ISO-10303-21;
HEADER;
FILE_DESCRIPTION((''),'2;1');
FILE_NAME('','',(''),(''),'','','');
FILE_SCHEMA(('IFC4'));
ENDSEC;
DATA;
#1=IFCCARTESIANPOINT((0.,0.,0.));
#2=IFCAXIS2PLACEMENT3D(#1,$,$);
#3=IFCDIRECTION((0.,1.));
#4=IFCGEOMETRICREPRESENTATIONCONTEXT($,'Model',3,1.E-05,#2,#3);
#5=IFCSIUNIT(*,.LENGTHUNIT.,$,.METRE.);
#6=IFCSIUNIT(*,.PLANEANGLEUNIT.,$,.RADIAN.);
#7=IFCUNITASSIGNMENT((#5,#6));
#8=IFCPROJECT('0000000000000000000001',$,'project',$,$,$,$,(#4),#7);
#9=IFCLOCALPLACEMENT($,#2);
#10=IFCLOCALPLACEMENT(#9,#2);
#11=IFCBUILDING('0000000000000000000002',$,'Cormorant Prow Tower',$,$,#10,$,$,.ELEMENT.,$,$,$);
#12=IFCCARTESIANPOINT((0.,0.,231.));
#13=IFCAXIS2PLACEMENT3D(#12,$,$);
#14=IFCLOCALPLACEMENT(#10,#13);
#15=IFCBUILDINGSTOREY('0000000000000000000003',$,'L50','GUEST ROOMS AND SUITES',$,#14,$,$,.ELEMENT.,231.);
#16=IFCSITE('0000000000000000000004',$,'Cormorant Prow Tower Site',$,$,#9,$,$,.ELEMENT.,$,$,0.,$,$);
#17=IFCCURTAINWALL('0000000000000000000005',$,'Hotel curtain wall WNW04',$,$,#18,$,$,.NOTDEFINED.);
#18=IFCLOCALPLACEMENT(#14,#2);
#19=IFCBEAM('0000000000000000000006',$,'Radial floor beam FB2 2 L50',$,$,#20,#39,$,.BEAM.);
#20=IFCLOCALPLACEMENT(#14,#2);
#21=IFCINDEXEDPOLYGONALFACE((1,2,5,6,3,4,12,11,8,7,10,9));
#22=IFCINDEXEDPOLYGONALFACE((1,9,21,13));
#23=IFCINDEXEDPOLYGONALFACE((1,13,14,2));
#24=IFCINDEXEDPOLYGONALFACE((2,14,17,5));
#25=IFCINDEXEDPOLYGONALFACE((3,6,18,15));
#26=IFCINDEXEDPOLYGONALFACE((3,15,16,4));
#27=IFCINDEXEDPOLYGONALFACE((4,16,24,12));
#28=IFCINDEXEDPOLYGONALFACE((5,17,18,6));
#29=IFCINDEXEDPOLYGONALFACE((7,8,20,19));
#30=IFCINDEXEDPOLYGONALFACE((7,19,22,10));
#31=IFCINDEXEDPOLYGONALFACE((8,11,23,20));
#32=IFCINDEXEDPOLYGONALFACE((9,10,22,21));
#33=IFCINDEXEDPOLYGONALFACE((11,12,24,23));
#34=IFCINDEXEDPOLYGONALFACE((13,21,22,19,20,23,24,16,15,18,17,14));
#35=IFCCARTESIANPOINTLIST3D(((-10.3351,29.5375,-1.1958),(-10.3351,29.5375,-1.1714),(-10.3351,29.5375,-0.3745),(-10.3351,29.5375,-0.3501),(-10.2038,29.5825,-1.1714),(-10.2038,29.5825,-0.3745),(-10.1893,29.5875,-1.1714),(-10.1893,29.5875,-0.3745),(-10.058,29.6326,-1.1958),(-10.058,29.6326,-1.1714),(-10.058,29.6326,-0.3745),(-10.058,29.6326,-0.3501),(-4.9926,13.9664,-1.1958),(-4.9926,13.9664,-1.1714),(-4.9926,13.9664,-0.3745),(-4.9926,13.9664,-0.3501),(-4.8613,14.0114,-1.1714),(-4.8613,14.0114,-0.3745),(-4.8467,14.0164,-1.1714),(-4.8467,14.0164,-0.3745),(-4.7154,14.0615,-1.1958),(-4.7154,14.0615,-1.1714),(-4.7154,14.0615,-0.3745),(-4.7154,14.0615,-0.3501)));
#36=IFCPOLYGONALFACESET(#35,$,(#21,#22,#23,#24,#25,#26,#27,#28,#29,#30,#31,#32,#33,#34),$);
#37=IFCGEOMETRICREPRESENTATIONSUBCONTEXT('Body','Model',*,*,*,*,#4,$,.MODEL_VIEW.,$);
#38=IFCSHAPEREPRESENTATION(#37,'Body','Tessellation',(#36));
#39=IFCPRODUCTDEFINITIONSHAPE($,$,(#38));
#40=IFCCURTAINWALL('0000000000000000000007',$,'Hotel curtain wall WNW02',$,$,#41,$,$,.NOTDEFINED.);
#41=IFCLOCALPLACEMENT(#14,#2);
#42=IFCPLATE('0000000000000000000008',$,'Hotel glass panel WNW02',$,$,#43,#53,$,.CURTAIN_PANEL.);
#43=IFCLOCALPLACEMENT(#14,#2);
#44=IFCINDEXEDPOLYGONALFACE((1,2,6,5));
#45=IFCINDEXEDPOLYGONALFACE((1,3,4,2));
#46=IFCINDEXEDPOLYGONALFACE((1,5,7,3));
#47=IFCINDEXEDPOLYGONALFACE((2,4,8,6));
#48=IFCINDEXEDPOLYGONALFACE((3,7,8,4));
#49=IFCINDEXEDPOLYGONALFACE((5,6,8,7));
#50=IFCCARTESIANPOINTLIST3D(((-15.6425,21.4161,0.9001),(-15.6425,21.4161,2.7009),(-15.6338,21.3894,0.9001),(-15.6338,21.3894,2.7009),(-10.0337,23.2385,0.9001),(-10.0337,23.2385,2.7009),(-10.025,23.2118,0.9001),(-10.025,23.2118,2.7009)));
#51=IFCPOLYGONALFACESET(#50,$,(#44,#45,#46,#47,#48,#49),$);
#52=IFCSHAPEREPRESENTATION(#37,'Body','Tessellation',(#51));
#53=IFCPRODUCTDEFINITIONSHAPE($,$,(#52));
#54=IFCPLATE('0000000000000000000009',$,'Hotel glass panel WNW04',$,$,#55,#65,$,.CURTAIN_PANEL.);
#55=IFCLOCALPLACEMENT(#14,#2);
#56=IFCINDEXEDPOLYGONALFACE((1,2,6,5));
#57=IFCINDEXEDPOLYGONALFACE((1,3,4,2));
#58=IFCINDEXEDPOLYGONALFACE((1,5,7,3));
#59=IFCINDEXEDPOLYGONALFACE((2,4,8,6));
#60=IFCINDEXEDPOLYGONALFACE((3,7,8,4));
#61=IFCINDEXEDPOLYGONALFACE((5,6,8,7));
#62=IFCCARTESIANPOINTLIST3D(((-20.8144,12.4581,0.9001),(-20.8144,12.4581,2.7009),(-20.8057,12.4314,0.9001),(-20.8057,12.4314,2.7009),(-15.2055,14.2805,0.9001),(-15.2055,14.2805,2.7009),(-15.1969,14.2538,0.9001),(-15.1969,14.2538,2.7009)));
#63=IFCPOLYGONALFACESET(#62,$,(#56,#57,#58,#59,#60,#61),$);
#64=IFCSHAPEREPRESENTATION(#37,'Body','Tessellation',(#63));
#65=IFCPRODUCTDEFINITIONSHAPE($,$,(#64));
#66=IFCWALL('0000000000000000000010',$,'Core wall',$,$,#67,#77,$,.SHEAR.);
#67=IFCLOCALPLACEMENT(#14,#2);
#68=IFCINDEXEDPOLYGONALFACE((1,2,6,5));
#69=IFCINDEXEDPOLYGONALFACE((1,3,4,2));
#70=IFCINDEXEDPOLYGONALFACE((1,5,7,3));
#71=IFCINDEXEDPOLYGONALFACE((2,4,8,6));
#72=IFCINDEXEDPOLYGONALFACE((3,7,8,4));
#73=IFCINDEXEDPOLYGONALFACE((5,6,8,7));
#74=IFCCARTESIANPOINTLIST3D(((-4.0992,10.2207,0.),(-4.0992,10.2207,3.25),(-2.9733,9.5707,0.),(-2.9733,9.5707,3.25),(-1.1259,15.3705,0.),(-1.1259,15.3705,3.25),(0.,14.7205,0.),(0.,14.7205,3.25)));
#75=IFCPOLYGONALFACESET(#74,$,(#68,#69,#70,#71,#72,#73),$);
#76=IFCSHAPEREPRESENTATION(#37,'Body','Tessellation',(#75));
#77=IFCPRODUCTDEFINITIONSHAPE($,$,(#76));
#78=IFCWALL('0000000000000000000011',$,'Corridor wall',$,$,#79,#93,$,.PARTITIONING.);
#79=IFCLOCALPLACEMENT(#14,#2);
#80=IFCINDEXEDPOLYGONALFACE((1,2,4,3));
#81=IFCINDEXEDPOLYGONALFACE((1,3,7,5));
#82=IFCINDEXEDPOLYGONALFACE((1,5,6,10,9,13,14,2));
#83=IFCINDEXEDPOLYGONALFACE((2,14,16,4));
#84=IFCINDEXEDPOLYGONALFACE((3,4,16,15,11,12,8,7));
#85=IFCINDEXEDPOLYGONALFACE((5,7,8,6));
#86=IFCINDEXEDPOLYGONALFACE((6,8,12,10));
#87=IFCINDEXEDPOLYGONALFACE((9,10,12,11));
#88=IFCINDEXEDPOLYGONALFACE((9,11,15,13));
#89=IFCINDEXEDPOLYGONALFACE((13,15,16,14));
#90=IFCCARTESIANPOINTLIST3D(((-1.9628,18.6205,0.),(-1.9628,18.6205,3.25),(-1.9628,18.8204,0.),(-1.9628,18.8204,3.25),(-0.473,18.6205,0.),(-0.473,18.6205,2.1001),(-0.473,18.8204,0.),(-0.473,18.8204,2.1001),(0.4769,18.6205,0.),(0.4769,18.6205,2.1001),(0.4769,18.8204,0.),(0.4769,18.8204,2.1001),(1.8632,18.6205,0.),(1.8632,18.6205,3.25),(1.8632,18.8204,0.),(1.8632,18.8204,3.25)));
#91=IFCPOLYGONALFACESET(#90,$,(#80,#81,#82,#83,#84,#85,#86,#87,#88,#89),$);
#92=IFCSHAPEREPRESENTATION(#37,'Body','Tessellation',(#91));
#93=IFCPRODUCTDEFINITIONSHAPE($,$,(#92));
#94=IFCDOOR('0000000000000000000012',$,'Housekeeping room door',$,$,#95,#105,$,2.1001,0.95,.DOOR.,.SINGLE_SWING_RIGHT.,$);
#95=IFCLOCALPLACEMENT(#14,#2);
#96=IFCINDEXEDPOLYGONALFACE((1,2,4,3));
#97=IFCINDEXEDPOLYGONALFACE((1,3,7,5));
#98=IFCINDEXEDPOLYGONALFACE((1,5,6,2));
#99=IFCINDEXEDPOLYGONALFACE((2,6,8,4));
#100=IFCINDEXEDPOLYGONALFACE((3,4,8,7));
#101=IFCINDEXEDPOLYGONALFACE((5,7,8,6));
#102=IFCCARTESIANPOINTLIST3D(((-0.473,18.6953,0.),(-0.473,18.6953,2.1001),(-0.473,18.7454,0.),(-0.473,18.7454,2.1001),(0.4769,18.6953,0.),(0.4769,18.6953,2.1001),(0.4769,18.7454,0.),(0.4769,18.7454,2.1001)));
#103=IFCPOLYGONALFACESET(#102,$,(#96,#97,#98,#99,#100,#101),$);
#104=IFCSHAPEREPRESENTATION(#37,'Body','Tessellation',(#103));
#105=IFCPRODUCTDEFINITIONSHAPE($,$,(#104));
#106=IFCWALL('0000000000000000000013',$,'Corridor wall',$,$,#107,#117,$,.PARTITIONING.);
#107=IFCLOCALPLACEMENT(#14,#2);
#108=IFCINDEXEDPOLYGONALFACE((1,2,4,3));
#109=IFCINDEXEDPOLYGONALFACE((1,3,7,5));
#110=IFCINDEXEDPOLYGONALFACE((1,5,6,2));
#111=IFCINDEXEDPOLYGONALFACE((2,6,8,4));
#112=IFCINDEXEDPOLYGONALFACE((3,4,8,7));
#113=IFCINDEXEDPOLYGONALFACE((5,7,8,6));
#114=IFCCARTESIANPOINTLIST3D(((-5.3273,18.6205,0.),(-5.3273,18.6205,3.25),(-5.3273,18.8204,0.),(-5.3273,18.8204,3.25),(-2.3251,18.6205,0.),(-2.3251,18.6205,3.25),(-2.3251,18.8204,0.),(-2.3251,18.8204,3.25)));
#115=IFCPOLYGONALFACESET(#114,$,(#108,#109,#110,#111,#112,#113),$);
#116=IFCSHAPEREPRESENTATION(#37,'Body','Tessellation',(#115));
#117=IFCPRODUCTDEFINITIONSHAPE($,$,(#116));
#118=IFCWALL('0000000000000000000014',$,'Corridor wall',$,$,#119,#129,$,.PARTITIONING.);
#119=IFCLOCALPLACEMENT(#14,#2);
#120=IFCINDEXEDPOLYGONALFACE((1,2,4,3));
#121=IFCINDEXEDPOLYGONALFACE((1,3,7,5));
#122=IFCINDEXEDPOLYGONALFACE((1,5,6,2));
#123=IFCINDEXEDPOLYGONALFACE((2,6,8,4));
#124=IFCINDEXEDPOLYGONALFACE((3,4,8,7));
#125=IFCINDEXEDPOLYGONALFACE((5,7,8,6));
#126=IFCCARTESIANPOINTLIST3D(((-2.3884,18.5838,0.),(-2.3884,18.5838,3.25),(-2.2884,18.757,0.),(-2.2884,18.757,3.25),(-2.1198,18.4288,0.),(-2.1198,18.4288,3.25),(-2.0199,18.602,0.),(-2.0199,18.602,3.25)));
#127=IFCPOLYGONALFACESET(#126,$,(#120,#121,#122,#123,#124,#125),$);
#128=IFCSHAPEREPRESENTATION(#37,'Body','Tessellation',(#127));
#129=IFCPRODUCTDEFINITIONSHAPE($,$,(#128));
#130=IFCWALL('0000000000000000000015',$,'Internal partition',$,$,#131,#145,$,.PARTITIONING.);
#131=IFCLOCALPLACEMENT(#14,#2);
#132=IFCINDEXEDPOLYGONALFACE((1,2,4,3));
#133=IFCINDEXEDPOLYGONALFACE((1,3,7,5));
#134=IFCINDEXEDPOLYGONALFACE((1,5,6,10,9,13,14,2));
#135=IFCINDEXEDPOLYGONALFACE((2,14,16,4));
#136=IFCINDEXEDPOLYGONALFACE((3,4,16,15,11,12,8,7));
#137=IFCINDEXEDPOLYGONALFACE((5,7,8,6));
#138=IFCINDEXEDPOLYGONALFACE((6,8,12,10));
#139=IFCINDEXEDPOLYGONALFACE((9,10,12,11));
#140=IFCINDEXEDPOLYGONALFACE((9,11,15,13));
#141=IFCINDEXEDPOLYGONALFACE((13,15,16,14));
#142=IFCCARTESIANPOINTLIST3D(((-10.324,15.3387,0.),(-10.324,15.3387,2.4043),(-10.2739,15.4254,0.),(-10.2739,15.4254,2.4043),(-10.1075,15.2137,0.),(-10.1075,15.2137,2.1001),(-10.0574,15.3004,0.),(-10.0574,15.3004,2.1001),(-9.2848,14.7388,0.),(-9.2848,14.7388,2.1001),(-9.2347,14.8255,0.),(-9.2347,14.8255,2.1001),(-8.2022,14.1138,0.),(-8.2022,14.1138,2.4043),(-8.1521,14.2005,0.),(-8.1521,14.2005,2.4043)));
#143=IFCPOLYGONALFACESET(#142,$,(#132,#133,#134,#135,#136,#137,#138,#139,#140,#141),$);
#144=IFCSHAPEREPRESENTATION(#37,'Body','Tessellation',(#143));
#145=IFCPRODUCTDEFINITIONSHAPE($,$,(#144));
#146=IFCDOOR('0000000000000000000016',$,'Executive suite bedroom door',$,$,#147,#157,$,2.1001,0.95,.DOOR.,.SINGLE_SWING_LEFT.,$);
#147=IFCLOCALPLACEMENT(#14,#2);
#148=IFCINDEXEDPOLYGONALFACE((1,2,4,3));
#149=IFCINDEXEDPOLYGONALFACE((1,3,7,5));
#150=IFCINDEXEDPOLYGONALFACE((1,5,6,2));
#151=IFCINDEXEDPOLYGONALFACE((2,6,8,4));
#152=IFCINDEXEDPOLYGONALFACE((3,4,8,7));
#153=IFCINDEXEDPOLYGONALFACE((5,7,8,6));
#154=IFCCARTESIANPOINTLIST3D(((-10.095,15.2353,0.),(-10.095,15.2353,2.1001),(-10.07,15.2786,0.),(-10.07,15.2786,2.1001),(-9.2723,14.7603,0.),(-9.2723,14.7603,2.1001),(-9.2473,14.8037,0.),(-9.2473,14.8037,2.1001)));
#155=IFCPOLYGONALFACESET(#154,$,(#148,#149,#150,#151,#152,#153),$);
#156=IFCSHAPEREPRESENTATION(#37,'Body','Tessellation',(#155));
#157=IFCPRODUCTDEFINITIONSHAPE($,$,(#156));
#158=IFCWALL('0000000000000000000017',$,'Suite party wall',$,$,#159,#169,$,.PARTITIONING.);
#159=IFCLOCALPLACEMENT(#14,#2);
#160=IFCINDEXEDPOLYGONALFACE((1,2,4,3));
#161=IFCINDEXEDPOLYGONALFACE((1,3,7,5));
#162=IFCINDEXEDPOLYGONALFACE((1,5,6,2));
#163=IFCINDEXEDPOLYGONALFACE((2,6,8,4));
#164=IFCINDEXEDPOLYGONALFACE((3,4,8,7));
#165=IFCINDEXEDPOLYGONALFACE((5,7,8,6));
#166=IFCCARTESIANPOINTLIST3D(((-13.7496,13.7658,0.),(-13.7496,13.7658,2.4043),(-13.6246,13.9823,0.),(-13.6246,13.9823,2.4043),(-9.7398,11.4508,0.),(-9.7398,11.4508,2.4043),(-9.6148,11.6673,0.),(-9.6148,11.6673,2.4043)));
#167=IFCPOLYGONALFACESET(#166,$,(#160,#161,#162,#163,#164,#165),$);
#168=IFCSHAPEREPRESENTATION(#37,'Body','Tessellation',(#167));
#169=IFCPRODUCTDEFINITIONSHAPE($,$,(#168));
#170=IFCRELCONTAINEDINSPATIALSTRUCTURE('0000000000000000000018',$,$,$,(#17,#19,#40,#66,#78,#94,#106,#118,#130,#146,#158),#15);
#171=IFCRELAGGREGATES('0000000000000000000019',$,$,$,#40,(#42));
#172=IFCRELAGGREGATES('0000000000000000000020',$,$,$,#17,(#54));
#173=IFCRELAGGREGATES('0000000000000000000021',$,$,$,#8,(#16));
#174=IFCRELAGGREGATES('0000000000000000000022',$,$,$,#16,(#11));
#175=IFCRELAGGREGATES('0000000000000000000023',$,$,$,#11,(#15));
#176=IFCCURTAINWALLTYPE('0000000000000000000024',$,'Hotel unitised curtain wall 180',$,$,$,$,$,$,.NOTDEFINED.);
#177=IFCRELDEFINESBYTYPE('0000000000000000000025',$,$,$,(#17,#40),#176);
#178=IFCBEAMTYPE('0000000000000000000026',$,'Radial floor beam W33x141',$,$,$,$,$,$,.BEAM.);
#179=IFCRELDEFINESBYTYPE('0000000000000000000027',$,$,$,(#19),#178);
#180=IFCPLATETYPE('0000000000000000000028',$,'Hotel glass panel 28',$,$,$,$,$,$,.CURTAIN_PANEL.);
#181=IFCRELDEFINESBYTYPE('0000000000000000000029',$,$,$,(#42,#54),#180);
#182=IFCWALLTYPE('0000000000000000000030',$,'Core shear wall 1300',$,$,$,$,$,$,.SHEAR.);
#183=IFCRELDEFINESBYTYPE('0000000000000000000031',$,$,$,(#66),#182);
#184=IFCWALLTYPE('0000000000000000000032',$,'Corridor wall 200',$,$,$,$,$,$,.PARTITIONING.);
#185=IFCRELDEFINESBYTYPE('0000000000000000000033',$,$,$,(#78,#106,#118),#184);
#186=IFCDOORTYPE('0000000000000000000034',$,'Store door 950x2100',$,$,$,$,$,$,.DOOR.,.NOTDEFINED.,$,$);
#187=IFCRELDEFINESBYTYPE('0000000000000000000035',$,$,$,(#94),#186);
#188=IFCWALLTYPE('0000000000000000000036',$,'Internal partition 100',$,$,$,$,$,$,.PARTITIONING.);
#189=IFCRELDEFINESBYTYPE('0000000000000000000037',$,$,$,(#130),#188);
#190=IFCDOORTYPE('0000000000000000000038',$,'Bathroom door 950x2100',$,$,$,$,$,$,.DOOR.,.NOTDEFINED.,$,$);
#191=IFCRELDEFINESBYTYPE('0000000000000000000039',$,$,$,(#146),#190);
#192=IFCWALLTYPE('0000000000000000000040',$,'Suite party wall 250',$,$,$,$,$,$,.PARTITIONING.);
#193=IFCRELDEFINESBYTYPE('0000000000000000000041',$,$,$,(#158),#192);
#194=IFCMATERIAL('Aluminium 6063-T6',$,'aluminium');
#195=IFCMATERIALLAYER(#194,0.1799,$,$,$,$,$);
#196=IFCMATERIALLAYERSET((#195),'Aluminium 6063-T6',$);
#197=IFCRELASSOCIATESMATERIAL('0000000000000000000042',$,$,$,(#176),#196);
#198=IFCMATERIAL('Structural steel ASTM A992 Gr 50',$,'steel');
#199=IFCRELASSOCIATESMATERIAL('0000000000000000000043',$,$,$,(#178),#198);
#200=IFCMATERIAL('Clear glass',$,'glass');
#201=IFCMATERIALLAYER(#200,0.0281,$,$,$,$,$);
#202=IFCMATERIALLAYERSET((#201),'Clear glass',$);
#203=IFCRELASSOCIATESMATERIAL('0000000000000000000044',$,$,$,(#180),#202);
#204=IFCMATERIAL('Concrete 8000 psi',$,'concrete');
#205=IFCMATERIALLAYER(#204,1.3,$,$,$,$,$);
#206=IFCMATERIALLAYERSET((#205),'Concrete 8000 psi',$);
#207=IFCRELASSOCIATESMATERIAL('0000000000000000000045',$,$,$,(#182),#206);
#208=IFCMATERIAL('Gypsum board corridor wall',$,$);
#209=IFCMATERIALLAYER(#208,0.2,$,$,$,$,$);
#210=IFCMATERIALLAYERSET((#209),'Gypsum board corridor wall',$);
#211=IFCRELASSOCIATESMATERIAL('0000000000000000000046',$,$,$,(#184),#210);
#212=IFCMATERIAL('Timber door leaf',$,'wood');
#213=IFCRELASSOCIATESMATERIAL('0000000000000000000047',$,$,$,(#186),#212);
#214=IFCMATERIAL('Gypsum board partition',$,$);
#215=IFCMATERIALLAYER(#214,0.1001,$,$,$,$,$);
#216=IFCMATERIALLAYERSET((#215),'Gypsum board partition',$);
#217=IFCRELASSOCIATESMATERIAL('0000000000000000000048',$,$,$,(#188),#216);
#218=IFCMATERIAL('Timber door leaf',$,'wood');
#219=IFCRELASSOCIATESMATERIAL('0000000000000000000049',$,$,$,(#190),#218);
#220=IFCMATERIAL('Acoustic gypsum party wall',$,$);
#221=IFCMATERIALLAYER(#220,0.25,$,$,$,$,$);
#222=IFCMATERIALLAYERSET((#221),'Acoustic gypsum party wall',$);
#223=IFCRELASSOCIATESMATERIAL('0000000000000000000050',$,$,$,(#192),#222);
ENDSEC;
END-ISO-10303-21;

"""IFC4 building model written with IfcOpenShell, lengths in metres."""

from ifc_helpers import new_model, si_unit, direction, frame, frame_2d, origin, origin_2d, place, context, subcontext, project, spatial, rectangle, i_section, extrude, material, layer, layer_set, material_profile, profile_set, type_object, element, fill, aggregate, save


model = new_model("IFC4")

# Units and contexts
model_context = context("Model", 3, precision=1e-05, world=origin(), true_north=direction((0.0, 1.0)))
body_context = subcontext(model_context, "Body", "Model", "MODEL_VIEW")
ifc_project = project(units=[si_unit("LENGTHUNIT", "METRE"), si_unit("PLANEANGLEUNIT", "RADIAN")], contexts=[model_context])

# Site, building, storey
site_placement = place(None, origin())
site = spatial("IfcSite", under=ifc_project, at=site_placement, Name="Cormorant Prow Tower Site", CompositionType="ELEMENT", RefElevation=0.0)
building_placement = place(site_placement, origin())
building = spatial("IfcBuilding", under=site, at=building_placement, Name="Cormorant Prow Tower", CompositionType="ELEMENT")
storey_placement = place(building_placement, frame((0.0, 0.0, 231.0)))
storey = spatial("IfcBuildingStorey", under=building, at=storey_placement, Name="L50", Description="GUEST ROOMS AND SUITES", CompositionType="ELEMENT", Elevation=231.0)

# Curtain wall
ifc_material_1 = material(Name="Aluminium 6063-T6", Category="aluminium")
ifc_layer_1 = layer(ifc_material_1, 0.1799)
ifc_layer_set_1 = layer_set([ifc_layer_1], Name="Aluminium 6063-T6")
curtain_wall_type = type_object("IfcCurtainWallType", Name="Hotel unitised curtain wall 180", PredefinedType="NOTDEFINED", material=ifc_layer_set_1)
curtain_wall_1_placement = place(storey_placement, origin())
curtain_wall_1 = element("IfcCurtainWall", 1, at=curtain_wall_1_placement, inside=storey, type_object=curtain_wall_type, Name="Hotel curtain wall WNW04", PredefinedType="NOTDEFINED")

# Beam
ifc_material_2 = material(Name="Structural steel ASTM A992 Gr 50", Category="steel")
ifc_material_profile_1 = material_profile(ifc_material_2, i_section(OverallWidth=0.293, OverallDepth=0.8457, WebThickness=0.0154, FlangeThickness=0.0244, at=origin_2d()), Name="W33x141")
ifc_profile_set_1 = profile_set([ifc_material_profile_1], Name="Structural steel ASTM A992 Gr 50")
beam_type_1 = type_object("IfcBeamType", Name="Radial floor beam W33x141", PredefinedType="BEAM", material=ifc_profile_set_1)
beam_1_placement = place(storey_placement, frame((-4.854, 14.0139, -0.7729), z_axis=(-0.324536, 0.945874, 0.0), x_axis=(-0.945874, -0.324536, 0.0)))
element("IfcBeam", 2, at=beam_1_placement, inside=storey, type_object=beam_type_1, Name="Radial floor beam FB2 2 L50", PredefinedType="BEAM", context=body_context, shape_type="SweptSolid", body=[
    extrude(i_section(OverallWidth=0.293, OverallDepth=0.8457, WebThickness=0.0154, FlangeThickness=0.0244, at=origin_2d()), origin(), (0.0, 0.0, 1.0), 16.4622),
])

# Curtain wall, plate
curtain_wall_2_placement = place(storey_placement, origin())
curtain_wall_2 = element("IfcCurtainWall", 3, at=curtain_wall_2_placement, inside=storey, type_object=curtain_wall_type, Name="Hotel curtain wall WNW02", PredefinedType="NOTDEFINED")
ifc_material_3 = material(Name="Clear glass", Category="glass")
ifc_layer_2 = layer(ifc_material_3, 0.0281)
ifc_layer_set_2 = layer_set([ifc_layer_2], Name="Clear glass")
plate_type = type_object("IfcPlateType", Name="Hotel glass panel 28", PredefinedType="CURTAIN_PANEL", material=ifc_layer_set_2)
plate_1_placement = place(storey_placement, frame((-12.8337, 22.314, 0.9001), z_axis=(0.0, 0.0, 1.0), x_axis=(-0.951057, -0.309017, 0.0)))
plate_1 = element("IfcPlate", 4, at=plate_1_placement, type_object=plate_type, Name="Hotel glass panel WNW02", PredefinedType="CURTAIN_PANEL", context=body_context, shape_type="SweptSolid", body=[
    extrude(rectangle(XDim=5.8975, YDim=0.0281, at=origin_2d()), origin(), (0.0, 0.0, 1.0), 1.8008),
])
aggregate(curtain_wall_2, [plate_1])

# Plate
plate_2_placement = place(storey_placement, frame((-18.0056, 13.356, 0.9001), z_axis=(0.0, 0.0, 1.0), x_axis=(-0.951057, -0.309017, 0.0)))
plate_2 = element("IfcPlate", 5, at=plate_2_placement, type_object=plate_type, Name="Hotel glass panel WNW04", PredefinedType="CURTAIN_PANEL", context=body_context, shape_type="SweptSolid", body=[
    extrude(rectangle(XDim=5.8975, YDim=0.0281, at=origin_2d()), origin(), (0.0, 0.0, 1.0), 1.8008),
])
aggregate(curtain_wall_1, [plate_2])

# Wall
ifc_material_4 = material(Name="Concrete 8000 psi", Category="concrete")
ifc_layer_3 = layer(ifc_material_4, 1.3)
ifc_layer_set_3 = layer_set([ifc_layer_3], Name="Concrete 8000 psi")
wall_type_1 = type_object("IfcWallType", Name="Core shear wall 1300", PredefinedType="SHEAR", material=ifc_layer_set_3)
wall_1_placement = place(storey_placement, frame((-0.563, 15.0454, 0.0), z_axis=(0.0, 0.0, 1.0), x_axis=(-0.500011, -0.866019, 0.0)))
element("IfcWall", 6, at=wall_1_placement, inside=storey, type_object=wall_type_1, Name="Core wall", PredefinedType="SHEAR", context=body_context, shape_type="SweptSolid", body=[
    extrude(rectangle(XDim=5.9465, YDim=1.3, at=frame_2d((2.9731, 0.0))), origin(), (0.0, 0.0, 1.0), 3.25),
])

# Wall, opening, door
ifc_material_5 = material(Name="Gypsum board corridor wall")
ifc_layer_4 = layer(ifc_material_5, 0.2)
ifc_layer_set_4 = layer_set([ifc_layer_4], Name="Gypsum board corridor wall")
wall_type_2 = type_object("IfcWallType", Name="Corridor wall 200", PredefinedType="PARTITIONING", material=ifc_layer_set_4)
wall_2_placement = place(storey_placement, frame((-1.9629, 18.7205, 0.0), z_axis=(0.0, 0.0, 1.0), x_axis=(1.0, 0.0, 0.0)))
wall_2 = element("IfcWall", 7, at=wall_2_placement, inside=storey, type_object=wall_type_2, Name="Corridor wall", PredefinedType="PARTITIONING", context=body_context, shape_type="SweptSolid", body=[
    extrude(rectangle(XDim=3.8259, YDim=0.2, at=frame_2d((1.9131, 0.0))), origin(), (0.0, 0.0, 1.0), 3.25),
])
opening_1_placement = place(wall_2_placement, frame((1.4897, 0.0, 0.0)))
opening_1 = element("IfcOpeningElement", 8, at=opening_1_placement, cuts=wall_2, PredefinedType="OPENING", context=body_context, shape_type="SweptSolid", body=[
    extrude(rectangle(XDim=0.95, YDim=2.1001, at=frame_2d((0.4751, 1.05))), frame((0.0, 0.1099, 0.0), z_axis=(0.0, -1.0, 0.0), x_axis=(1.0, 0.0, 0.0)), (0.0, 0.0, 1.0), 0.22),
])
ifc_material_6 = material(Name="Timber door leaf", Category="wood")
door_type_1 = type_object("IfcDoorType", Name="Store door 950x2100", OperationType="NOTDEFINED", PredefinedType="DOOR", material=ifc_material_6)
door_1_placement = place(opening_1_placement, origin())
door_1 = element("IfcDoor", 9, at=door_1_placement, inside=storey, type_object=door_type_1, Name="Housekeeping room door", OperationType="SINGLE_SWING_RIGHT", OverallHeight=2.1001, OverallWidth=0.95, PredefinedType="DOOR", context=body_context, shape_type="SweptSolid", body=[
    extrude(rectangle(XDim=0.95, YDim=2.1001, at=frame_2d((0.4751, 1.05))), frame((0.0, 0.0249, 0.0), z_axis=(0.0, -1.0, 0.0), x_axis=(1.0, 0.0, 0.0)), (0.0, 0.0, 1.0), 0.05),
])
fill(opening_1, door_1)

# Walls
wall_3_placement = place(storey_placement, frame((-5.3271, 18.7205, 0.0), z_axis=(0.0, 0.0, 1.0), x_axis=(1.0, 0.0, 0.0)))
element("IfcWall", 10, at=wall_3_placement, inside=storey, type_object=wall_type_2, Name="Corridor wall", PredefinedType="PARTITIONING", context=body_context, shape_type="SweptSolid", body=[
    extrude(rectangle(XDim=3.0022, YDim=0.2, at=frame_2d((1.501, 0.0))), origin(), (0.0, 0.0, 1.0), 3.25),
])
wall_4_placement = place(storey_placement, frame((-2.3384, 18.6704, 0.0), z_axis=(0.0, 0.0, 1.0), x_axis=(0.866054, -0.49995, 0.0)))
element("IfcWall", 11, at=wall_4_placement, inside=storey, type_object=wall_type_2, Name="Corridor wall", PredefinedType="PARTITIONING", context=body_context, shape_type="SweptSolid", body=[
    extrude(rectangle(XDim=0.3101, YDim=0.2, at=frame_2d((0.155, 0.0))), origin(), (0.0, 0.0, 1.0), 3.25),
])

# Wall, opening, door
ifc_material_7 = material(Name="Gypsum board partition")
ifc_layer_5 = layer(ifc_material_7, 0.1001)
ifc_layer_set_5 = layer_set([ifc_layer_5], Name="Gypsum board partition")
wall_type_3 = type_object("IfcWallType", Name="Internal partition 100", PredefinedType="PARTITIONING", material=ifc_layer_set_5)
wall_5_placement = place(storey_placement, frame((-10.2991, 15.3821, 0.0), z_axis=(0.0, 0.0, 1.0), x_axis=(0.866058, -0.499944, 0.0)))
wall_5 = element("IfcWall", 12, at=wall_5_placement, inside=storey, type_object=wall_type_3, Name="Internal partition", PredefinedType="PARTITIONING", context=body_context, shape_type="SweptSolid", body=[
    extrude(rectangle(XDim=2.45, YDim=0.1001, at=frame_2d((1.2251, 0.0))), origin(), (0.0, 0.0, 1.0), 2.4043),
])
opening_2_placement = place(wall_5_placement, frame((0.25, 0.0, 0.0)))
opening_2 = element("IfcOpeningElement", 13, at=opening_2_placement, cuts=wall_5, PredefinedType="OPENING", context=body_context, shape_type="SweptSolid", body=[
    extrude(rectangle(XDim=0.95, YDim=2.1001, at=frame_2d((0.4751, 1.05))), frame((0.0, 0.0601, 0.0), z_axis=(0.0, -1.0, 0.0), x_axis=(1.0, 0.0, 0.0)), (0.0, 0.0, 1.0), 0.1201),
])
ifc_material_8 = material(Name="Timber door leaf", Category="wood")
door_type_2 = type_object("IfcDoorType", Name="Bathroom door 950x2100", OperationType="NOTDEFINED", PredefinedType="DOOR", material=ifc_material_8)
door_2_placement = place(opening_2_placement, origin())
door_2 = element("IfcDoor", 14, at=door_2_placement, inside=storey, type_object=door_type_2, Name="Executive suite bedroom door", OperationType="SINGLE_SWING_LEFT", OverallHeight=2.1001, OverallWidth=0.95, PredefinedType="DOOR", context=body_context, shape_type="SweptSolid", body=[
    extrude(rectangle(XDim=0.95, YDim=2.1001, at=frame_2d((0.4751, 1.05))), frame((0.0, 0.0249, 0.0), z_axis=(0.0, -1.0, 0.0), x_axis=(1.0, 0.0, 0.0)), (0.0, 0.0, 1.0), 0.05),
])
fill(opening_2, door_2)

# Wall
ifc_material_9 = material(Name="Acoustic gypsum party wall")
ifc_layer_6 = layer(ifc_material_9, 0.25)
ifc_layer_set_6 = layer_set([ifc_layer_6], Name="Acoustic gypsum party wall")
wall_type_4 = type_object("IfcWallType", Name="Suite party wall 250", PredefinedType="PARTITIONING", material=ifc_layer_set_6)
wall_6_placement = place(storey_placement, frame((-13.687, 13.874, 0.0), z_axis=(0.0, 0.0, 1.0), x_axis=(0.866035, -0.499984, 0.0)))
element("IfcWall", 15, at=wall_6_placement, inside=storey, type_object=wall_type_4, Name="Suite party wall", PredefinedType="PARTITIONING", context=body_context, shape_type="SweptSolid", body=[
    extrude(rectangle(XDim=4.6301, YDim=0.25, at=frame_2d((2.3149, 0.0))), origin(), (0.0, 0.0, 1.0), 2.4043),
])

save(model, "model.ifc")
